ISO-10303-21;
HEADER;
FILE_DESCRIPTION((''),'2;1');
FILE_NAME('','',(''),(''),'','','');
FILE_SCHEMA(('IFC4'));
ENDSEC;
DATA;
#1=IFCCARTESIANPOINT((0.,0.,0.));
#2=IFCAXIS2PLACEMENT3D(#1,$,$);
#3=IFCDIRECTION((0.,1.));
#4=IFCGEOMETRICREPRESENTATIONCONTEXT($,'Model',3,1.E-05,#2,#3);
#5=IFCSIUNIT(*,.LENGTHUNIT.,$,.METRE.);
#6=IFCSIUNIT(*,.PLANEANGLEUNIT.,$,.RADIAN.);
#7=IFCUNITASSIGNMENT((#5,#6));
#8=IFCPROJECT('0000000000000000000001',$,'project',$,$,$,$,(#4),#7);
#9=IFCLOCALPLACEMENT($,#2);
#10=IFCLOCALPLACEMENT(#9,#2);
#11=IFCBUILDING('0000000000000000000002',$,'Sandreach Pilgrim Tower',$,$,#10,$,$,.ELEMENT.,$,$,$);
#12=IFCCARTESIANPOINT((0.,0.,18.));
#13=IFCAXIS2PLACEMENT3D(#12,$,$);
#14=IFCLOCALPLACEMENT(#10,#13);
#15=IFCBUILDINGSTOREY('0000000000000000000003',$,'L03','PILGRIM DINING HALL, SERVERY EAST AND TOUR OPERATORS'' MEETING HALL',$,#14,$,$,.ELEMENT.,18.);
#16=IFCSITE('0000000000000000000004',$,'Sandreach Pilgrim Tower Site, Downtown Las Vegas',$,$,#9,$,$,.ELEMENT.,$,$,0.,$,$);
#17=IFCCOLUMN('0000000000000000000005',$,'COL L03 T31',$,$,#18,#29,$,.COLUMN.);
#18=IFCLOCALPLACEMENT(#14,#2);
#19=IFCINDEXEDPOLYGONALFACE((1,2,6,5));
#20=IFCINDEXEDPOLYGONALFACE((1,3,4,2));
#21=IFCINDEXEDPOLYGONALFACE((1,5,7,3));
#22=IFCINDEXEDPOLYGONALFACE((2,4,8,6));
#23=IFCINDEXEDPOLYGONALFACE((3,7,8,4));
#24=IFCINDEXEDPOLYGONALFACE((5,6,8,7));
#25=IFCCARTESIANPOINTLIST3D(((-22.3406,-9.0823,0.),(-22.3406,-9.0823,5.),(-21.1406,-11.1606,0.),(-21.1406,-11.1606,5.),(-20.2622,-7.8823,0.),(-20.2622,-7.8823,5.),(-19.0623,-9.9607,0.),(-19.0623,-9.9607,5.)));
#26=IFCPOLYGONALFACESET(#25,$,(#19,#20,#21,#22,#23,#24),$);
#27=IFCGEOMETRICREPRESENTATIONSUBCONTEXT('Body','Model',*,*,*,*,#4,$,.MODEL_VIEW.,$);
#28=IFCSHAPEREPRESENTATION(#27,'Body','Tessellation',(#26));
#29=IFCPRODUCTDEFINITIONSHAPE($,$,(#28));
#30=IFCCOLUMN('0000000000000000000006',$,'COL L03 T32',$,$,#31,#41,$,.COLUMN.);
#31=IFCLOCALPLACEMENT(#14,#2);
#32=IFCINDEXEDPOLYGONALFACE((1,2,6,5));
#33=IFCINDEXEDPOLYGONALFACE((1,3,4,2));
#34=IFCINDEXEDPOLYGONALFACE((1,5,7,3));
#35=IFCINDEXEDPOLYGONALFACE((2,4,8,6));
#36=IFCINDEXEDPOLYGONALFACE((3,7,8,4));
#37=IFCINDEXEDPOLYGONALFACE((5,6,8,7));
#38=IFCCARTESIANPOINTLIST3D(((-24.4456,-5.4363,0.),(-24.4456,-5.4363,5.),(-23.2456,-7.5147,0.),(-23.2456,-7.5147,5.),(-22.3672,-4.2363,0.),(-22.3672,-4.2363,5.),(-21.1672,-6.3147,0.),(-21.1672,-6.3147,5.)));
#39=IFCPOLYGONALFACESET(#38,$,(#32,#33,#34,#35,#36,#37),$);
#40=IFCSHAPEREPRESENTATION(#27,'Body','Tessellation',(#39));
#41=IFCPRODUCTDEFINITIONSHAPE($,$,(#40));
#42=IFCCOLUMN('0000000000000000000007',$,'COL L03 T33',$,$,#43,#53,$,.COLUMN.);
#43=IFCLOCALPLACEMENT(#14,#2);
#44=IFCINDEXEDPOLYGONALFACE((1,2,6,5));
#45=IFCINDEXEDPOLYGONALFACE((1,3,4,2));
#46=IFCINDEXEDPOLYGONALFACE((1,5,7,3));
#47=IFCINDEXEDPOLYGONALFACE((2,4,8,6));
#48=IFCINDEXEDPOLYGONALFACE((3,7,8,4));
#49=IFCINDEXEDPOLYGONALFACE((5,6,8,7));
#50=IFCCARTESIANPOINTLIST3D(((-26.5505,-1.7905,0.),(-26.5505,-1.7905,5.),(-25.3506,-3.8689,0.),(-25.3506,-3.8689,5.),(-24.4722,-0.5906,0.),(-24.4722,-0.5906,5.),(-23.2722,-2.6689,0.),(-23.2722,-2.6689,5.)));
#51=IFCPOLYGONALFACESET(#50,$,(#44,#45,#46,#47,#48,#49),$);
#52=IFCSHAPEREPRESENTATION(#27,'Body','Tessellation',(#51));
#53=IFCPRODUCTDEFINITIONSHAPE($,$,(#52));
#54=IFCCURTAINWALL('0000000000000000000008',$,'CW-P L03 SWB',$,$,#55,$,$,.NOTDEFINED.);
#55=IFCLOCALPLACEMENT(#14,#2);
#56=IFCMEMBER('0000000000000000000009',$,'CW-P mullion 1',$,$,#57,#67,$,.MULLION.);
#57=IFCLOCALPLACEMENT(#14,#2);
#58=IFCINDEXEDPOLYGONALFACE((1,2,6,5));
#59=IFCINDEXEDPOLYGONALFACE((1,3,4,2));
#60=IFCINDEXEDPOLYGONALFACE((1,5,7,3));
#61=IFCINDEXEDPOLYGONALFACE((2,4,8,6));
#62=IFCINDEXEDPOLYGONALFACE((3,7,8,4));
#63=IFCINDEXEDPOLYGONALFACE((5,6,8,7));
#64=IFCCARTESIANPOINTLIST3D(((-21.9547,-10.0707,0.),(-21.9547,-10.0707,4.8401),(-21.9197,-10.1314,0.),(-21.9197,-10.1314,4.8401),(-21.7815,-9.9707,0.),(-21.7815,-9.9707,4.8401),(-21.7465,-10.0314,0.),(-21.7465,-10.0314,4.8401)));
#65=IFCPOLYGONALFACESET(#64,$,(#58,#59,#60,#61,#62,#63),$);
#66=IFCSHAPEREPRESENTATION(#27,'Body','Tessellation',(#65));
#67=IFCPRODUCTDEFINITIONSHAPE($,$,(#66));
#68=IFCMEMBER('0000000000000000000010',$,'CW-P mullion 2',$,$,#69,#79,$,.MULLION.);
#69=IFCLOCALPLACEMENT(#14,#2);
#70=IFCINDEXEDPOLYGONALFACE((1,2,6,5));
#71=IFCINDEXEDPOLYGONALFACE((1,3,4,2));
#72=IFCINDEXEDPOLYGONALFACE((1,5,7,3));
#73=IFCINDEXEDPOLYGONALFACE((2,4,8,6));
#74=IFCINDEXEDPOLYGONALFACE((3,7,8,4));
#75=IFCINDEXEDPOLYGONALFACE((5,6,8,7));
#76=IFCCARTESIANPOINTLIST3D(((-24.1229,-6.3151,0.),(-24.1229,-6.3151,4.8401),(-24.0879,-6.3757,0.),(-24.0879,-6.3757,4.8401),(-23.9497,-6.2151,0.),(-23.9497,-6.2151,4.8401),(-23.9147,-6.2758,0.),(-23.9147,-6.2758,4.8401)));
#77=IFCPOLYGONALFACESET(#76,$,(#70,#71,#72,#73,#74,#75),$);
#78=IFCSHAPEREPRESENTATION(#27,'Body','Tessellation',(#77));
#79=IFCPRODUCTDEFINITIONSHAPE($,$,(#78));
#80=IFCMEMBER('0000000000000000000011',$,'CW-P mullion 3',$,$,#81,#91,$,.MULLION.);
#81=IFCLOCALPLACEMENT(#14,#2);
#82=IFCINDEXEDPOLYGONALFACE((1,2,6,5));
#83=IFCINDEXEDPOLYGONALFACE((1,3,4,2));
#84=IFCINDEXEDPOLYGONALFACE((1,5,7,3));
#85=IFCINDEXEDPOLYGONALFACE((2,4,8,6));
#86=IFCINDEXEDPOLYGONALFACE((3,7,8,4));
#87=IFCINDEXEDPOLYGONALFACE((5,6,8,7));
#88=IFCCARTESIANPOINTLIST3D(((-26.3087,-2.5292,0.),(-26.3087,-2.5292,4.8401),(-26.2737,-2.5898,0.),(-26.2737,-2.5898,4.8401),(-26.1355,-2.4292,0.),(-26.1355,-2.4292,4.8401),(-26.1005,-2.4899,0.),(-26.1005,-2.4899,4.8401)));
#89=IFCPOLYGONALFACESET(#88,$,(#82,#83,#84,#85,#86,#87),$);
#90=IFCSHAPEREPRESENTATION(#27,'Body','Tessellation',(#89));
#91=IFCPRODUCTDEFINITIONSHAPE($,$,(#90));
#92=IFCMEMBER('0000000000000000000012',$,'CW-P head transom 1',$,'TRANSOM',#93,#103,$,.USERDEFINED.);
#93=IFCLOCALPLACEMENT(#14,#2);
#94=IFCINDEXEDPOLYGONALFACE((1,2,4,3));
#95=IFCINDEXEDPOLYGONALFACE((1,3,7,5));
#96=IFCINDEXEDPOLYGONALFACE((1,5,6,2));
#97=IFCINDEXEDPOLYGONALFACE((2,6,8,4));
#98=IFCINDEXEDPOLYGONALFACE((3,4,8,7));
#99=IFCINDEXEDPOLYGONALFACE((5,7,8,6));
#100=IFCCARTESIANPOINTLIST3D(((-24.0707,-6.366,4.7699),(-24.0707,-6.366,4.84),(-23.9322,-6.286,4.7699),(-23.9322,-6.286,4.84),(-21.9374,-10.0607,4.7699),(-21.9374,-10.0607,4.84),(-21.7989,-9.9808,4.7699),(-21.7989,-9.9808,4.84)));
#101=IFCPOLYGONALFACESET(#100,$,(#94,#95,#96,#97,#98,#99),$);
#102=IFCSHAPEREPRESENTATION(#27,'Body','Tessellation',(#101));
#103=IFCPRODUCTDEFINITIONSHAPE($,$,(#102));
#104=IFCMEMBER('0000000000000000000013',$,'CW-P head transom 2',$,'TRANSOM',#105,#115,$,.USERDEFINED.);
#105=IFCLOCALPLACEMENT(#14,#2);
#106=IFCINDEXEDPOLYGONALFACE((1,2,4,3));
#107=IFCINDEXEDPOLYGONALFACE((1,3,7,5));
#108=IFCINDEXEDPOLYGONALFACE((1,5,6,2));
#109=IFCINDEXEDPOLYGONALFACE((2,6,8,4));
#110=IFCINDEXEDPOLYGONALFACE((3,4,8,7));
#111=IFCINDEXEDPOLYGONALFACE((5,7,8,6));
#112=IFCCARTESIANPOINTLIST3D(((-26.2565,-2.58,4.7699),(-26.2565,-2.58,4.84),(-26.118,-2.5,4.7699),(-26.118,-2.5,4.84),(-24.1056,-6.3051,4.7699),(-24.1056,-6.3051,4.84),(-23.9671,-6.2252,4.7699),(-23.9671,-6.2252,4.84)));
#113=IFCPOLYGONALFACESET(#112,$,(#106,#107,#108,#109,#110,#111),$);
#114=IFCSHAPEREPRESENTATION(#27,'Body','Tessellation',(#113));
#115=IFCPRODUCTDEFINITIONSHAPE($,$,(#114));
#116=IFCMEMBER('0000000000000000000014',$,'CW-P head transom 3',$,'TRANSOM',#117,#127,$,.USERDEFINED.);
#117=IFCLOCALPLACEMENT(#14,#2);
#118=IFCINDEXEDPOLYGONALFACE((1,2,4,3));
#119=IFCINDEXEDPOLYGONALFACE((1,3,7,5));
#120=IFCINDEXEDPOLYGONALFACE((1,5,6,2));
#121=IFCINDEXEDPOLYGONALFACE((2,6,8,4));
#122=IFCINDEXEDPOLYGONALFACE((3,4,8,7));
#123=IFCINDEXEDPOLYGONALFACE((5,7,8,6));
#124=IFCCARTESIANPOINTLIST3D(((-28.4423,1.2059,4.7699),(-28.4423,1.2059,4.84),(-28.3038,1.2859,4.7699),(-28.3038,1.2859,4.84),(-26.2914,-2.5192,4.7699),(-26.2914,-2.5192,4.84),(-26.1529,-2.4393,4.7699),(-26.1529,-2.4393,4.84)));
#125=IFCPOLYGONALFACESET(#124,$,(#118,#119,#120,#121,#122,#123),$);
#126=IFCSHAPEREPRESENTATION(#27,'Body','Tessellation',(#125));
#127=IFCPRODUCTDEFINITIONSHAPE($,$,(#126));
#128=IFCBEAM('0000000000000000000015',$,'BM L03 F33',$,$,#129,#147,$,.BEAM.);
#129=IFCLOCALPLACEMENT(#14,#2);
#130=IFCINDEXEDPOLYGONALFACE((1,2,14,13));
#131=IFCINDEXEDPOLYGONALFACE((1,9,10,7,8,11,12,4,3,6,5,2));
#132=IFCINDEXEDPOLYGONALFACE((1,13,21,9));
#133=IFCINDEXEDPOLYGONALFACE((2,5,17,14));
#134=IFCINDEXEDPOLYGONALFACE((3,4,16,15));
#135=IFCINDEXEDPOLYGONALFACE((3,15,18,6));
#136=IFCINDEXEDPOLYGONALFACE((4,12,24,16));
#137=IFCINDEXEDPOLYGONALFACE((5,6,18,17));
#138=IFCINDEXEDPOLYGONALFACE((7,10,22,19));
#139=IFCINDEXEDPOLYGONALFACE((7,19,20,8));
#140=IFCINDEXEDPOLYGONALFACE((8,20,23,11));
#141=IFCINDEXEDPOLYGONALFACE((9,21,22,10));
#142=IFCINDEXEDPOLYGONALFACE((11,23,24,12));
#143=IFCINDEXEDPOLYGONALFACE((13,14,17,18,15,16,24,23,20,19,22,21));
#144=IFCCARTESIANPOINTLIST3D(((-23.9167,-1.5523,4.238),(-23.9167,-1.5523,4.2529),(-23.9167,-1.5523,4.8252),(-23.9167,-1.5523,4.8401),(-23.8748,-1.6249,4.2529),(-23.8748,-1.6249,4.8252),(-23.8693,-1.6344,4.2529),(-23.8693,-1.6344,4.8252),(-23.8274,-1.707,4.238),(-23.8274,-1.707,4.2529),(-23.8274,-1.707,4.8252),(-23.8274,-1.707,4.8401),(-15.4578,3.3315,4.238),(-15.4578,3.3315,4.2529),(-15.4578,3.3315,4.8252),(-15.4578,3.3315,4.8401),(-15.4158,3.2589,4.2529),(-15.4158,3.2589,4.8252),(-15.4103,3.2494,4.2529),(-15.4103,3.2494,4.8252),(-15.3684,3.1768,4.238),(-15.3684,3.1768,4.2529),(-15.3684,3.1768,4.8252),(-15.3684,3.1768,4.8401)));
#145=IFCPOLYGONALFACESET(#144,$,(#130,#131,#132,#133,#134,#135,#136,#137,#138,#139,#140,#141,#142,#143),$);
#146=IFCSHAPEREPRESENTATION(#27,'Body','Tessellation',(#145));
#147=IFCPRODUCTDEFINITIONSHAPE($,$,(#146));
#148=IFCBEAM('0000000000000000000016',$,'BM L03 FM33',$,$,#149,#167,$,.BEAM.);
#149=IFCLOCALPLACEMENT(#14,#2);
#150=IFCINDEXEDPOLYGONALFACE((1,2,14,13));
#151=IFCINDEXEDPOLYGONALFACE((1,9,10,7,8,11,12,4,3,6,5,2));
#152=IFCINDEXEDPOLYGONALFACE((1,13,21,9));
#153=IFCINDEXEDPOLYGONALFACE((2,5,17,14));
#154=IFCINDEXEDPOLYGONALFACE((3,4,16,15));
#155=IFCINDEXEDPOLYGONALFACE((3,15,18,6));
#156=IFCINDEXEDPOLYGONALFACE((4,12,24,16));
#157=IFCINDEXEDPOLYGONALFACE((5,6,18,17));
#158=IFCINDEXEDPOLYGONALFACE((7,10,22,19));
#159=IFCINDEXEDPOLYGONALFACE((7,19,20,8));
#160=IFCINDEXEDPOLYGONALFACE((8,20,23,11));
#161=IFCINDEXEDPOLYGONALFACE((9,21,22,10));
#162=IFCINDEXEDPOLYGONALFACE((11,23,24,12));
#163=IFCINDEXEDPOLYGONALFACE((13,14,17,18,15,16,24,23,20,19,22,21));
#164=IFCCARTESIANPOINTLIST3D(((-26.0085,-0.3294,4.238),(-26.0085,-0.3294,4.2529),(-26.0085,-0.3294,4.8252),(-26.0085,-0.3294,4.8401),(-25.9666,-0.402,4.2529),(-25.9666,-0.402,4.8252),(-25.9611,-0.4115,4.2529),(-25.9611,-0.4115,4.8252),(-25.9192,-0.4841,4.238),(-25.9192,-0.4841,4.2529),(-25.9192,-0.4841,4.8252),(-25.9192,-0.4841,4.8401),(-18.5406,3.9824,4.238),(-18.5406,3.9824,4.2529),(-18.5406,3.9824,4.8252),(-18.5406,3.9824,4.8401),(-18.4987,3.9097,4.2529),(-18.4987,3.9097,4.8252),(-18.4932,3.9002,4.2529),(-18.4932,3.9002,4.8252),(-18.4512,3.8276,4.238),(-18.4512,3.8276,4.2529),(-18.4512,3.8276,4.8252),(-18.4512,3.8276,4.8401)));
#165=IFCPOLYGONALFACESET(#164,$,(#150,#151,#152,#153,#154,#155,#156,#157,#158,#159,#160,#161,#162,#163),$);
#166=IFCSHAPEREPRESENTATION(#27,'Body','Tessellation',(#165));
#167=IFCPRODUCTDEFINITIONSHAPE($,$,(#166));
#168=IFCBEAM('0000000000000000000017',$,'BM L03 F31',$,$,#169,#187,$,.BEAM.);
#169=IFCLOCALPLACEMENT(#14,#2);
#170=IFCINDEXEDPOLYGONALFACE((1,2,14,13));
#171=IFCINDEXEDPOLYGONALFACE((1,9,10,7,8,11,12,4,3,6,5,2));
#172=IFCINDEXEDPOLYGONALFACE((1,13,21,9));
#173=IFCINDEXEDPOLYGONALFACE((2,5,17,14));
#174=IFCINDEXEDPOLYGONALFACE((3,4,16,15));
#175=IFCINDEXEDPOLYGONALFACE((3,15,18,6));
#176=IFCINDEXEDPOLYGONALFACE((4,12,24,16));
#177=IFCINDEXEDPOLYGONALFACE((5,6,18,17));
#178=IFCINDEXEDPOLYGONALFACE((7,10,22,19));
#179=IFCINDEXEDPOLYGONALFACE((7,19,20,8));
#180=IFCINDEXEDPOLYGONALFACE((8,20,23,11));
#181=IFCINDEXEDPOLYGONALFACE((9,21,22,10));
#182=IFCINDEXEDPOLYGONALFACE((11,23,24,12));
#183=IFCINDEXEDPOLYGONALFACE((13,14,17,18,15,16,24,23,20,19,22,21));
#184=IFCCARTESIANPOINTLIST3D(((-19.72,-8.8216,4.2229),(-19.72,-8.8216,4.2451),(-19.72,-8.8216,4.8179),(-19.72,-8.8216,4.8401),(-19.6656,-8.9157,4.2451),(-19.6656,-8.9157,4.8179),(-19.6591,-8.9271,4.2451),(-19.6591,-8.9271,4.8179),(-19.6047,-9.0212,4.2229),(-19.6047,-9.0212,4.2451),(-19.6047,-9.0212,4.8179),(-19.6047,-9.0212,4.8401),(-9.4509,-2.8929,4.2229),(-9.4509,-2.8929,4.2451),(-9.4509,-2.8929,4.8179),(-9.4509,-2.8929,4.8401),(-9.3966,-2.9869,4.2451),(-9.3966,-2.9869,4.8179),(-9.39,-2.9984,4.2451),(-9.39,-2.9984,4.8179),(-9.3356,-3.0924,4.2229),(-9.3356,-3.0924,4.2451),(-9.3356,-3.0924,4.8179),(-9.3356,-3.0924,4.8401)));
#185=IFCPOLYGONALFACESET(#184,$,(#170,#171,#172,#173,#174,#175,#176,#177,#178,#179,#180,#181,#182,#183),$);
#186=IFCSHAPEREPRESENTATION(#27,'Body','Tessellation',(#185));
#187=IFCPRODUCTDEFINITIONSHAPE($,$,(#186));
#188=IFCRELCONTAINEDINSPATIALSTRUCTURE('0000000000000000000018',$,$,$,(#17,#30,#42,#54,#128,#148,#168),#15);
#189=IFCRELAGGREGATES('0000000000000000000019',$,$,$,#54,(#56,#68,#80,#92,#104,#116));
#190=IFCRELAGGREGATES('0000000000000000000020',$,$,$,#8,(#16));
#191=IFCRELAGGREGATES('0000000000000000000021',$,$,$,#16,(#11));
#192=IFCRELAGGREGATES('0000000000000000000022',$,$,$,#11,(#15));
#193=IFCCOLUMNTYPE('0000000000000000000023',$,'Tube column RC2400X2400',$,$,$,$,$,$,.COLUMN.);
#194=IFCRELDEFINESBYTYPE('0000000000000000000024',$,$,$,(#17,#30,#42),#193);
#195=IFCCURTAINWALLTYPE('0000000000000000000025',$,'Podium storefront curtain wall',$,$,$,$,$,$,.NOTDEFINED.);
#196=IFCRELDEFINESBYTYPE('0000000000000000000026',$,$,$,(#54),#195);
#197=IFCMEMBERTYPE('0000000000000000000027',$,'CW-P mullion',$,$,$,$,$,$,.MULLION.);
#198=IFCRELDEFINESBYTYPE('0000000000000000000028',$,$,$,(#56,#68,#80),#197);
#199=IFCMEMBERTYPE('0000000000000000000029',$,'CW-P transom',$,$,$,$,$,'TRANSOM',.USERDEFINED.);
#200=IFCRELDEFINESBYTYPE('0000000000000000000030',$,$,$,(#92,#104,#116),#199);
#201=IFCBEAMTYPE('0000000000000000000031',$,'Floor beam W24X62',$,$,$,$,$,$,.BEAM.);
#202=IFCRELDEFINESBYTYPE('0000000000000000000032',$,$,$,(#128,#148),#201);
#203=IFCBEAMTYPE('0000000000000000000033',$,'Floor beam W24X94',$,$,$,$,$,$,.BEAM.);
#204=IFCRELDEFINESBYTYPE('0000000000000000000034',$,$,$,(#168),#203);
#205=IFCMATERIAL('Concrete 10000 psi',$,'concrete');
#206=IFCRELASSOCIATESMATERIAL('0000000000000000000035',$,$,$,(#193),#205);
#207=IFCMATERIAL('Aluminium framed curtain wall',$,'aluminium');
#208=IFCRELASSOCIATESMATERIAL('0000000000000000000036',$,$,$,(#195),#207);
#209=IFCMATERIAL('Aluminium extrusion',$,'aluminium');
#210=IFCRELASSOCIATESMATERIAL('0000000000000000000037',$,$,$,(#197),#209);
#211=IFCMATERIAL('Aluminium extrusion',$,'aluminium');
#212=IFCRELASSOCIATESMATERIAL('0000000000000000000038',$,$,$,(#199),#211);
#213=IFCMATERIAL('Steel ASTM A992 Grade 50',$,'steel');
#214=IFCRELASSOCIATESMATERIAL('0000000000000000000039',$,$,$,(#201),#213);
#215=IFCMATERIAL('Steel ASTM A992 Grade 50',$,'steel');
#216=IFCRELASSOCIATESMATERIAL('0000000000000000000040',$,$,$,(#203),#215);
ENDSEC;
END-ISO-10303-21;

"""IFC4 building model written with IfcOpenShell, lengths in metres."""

from ifc_helpers import new_model, si_unit, direction, frame, origin, origin_2d, place, context, subcontext, project, spatial, rectangle, i_section, extrude, material, material_profile, profile_set, type_object, element, aggregate, save


model = new_model("IFC4")

# Units and contexts
model_context = context("Model", 3, precision=1e-05, world=origin(), true_north=direction((0.0, 1.0)))
body_context = subcontext(model_context, "Body", "Model", "MODEL_VIEW")
ifc_project = project(units=[si_unit("LENGTHUNIT", "METRE"), si_unit("PLANEANGLEUNIT", "RADIAN")], contexts=[model_context])

# Site, building, storey
site_placement = place(None, origin())
site = spatial("IfcSite", under=ifc_project, at=site_placement, Name="Sandreach Pilgrim Tower Site, Downtown Las Vegas", CompositionType="ELEMENT", RefElevation=0.0)
building_placement = place(site_placement, origin())
building = spatial("IfcBuilding", under=site, at=building_placement, Name="Sandreach Pilgrim Tower", CompositionType="ELEMENT")
storey_placement = place(building_placement, frame((0.0, 0.0, 18.0)))
storey = spatial("IfcBuildingStorey", under=building, at=storey_placement, Name="L03", Description="PILGRIM DINING HALL, SERVERY EAST AND TOUR OPERATORS' MEETING HALL", CompositionType="ELEMENT", Elevation=18.0)

# Columns
ifc_material_1 = material(Name="Concrete 10000 psi", Category="concrete")
ifc_material_profile_1 = material_profile(ifc_material_1, rectangle(XDim=2.3999, YDim=2.3999, at=origin_2d()), Name="RC2400X2400")
ifc_profile_set_1 = profile_set([ifc_material_profile_1], Name="Concrete 10000 psi")
column_type = type_object("IfcColumnType", Name="Tube column RC2400X2400", PredefinedType="COLUMN", material=ifc_profile_set_1)
for number, where, z_axis, x_axis, name in (
    (1, (-20.7014, -9.5215, 0.0), (0.0, 0.0, 1.0), (-0.866025, -0.5, 0.0), "COL L03 T31"),
    (2, (-22.8064, -5.8755, 0.0), (0.0, 0.0, 1.0), (-0.866025, -0.5, 0.0), "COL L03 T32"),
    (3, (-24.9114, -2.2297, 0.0), (0.0, 0.0, 1.0), (-0.866025, -0.5, 0.0), "COL L03 T33"),
):
    element("IfcColumn", number, at=place(storey_placement, frame(where, z_axis=z_axis, x_axis=x_axis)), inside=storey, type_object=column_type, Name=name, PredefinedType="COLUMN", context=body_context, shape_type="SweptSolid", body=[
        extrude(rectangle(XDim=2.3999, YDim=2.3999, at=origin_2d()), origin(), (0.0, 0.0, 1.0), 5.0),
    ])

# Curtain wall, members
ifc_material_2 = material(Name="Aluminium framed curtain wall", Category="aluminium")
curtain_wall_type = type_object("IfcCurtainWallType", Name="Podium storefront curtain wall", PredefinedType="NOTDEFINED", material=ifc_material_2)
curtain_wall_placement = place(storey_placement, origin())
curtain_wall = element("IfcCurtainWall", 4, at=curtain_wall_placement, inside=storey, type_object=curtain_wall_type, Name="CW-P L03 SWB", PredefinedType="NOTDEFINED")
ifc_material_3 = material(Name="Aluminium extrusion", Category="aluminium")
ifc_material_profile_2 = material_profile(ifc_material_3, rectangle(XDim=0.0701, YDim=0.2, at=origin_2d()), Name="CW-PM 70X200")
ifc_profile_set_2 = profile_set([ifc_material_profile_2], Name="Aluminium extrusion")
member_type_1 = type_object("IfcMemberType", Name="CW-P mullion", PredefinedType="MULLION", material=ifc_profile_set_2)
member_1_placement = place(storey_placement, frame((-21.8506, -10.051, 0.0), z_axis=(0.0, 0.0, 1.0), x_axis=(-0.5, 0.866025, 0.0)))
member_1 = element("IfcMember", 5, at=member_1_placement, type_object=member_type_1, Name="CW-P mullion 1", PredefinedType="MULLION", context=body_context, shape_type="SweptSolid", body=[
    extrude(rectangle(XDim=0.0701, YDim=0.2, at=origin_2d()), origin(), (0.0, 0.0, 1.0), 4.8401),
])
member_2_placement = place(storey_placement, frame((-24.0188, -6.2954, 0.0), z_axis=(0.0, 0.0, 1.0), x_axis=(-0.5, 0.866025, 0.0)))
member_2 = element("IfcMember", 6, at=member_2_placement, type_object=member_type_1, Name="CW-P mullion 2", PredefinedType="MULLION", context=body_context, shape_type="SweptSolid", body=[
    extrude(rectangle(XDim=0.0701, YDim=0.2, at=origin_2d()), origin(), (0.0, 0.0, 1.0), 4.8401),
])
member_3_placement = place(storey_placement, frame((-26.2046, -2.5095, 0.0), z_axis=(0.0, 0.0, 1.0), x_axis=(-0.5, 0.866025, 0.0)))
member_3 = element("IfcMember", 7, at=member_3_placement, type_object=member_type_1, Name="CW-P mullion 3", PredefinedType="MULLION", context=body_context, shape_type="SweptSolid", body=[
    extrude(rectangle(XDim=0.0701, YDim=0.2, at=origin_2d()), origin(), (0.0, 0.0, 1.0), 4.8401),
])
ifc_material_4 = material(Name="Aluminium extrusion", Category="aluminium")
ifc_material_profile_3 = material_profile(ifc_material_4, rectangle(XDim=0.1599, YDim=0.0701, at=origin_2d()), Name="CW-PT 160X70")
ifc_profile_set_3 = profile_set([ifc_material_profile_3], Name="Aluminium extrusion")
member_type_2 = type_object("IfcMemberType", Name="CW-P transom", ElementType="TRANSOM", PredefinedType="USERDEFINED", material=ifc_profile_set_3)
member_4_placement = place(storey_placement, frame((-21.8682, -10.0208, 4.8049), z_axis=(-0.500016, 0.866016, 0.0), x_axis=(-0.866016, -0.500016, 0.0)))
member_4 = element("IfcMember", 8, at=member_4_placement, type_object=member_type_2, Name="CW-P head transom 1", ObjectType="TRANSOM", PredefinedType="USERDEFINED", context=body_context, shape_type="SweptSolid", body=[
    extrude(rectangle(XDim=0.1599, YDim=0.0701, at=origin_2d()), origin(), (0.0, 0.0, 1.0), 4.2664),
])
member_5_placement = place(storey_placement, frame((-24.0364, -6.2651, 4.8049), z_axis=(-0.500034, 0.866006, 0.0), x_axis=(-0.866006, -0.500034, 0.0)))
member_5 = element("IfcMember", 9, at=member_5_placement, type_object=member_type_2, Name="CW-P head transom 2", ObjectType="TRANSOM", PredefinedType="USERDEFINED", context=body_context, shape_type="SweptSolid", body=[
    extrude(rectangle(XDim=0.1599, YDim=0.0701, at=origin_2d()), origin(), (0.0, 0.0, 1.0), 4.3015),
])
member_6_placement = place(storey_placement, frame((-26.2222, -2.4792, 4.8049), z_axis=(-0.500034, 0.866006, 0.0), x_axis=(-0.866006, -0.500034, 0.0)))
member_6 = element("IfcMember", 10, at=member_6_placement, type_object=member_type_2, Name="CW-P head transom 3", ObjectType="TRANSOM", PredefinedType="USERDEFINED", context=body_context, shape_type="SweptSolid", body=[
    extrude(rectangle(XDim=0.1599, YDim=0.0701, at=origin_2d()), origin(), (0.0, 0.0, 1.0), 4.3015),
])

# Beams
ifc_material_5 = material(Name="Steel ASTM A992 Grade 50", Category="steel")
ifc_material_profile_4 = material_profile(ifc_material_5, i_section(OverallWidth=0.1787, OverallDepth=0.6021, WebThickness=0.011, FlangeThickness=0.0149, at=origin_2d()), Name="W24X62")
ifc_profile_set_4 = profile_set([ifc_material_profile_4], Name="Steel ASTM A992 Grade 50")
beam_type_1 = type_object("IfcBeamType", Name="Floor beam W24X62", PredefinedType="BEAM", material=ifc_profile_set_4)
beam_1_placement = place(storey_placement, frame((-23.8721, -1.6296, 4.5391), z_axis=(0.866026, 0.499999, 0.0), x_axis=(-0.499999, 0.866026, 0.0)))
element("IfcBeam", 11, at=beam_1_placement, inside=storey, type_object=beam_type_1, Name="BM L03 F33", PredefinedType="BEAM", context=body_context, shape_type="SweptSolid", body=[
    extrude(i_section(OverallWidth=0.1787, OverallDepth=0.6021, WebThickness=0.011, FlangeThickness=0.0149, at=origin_2d()), origin(), (0.0, 0.0, 1.0), 9.7676),
])
beam_2_placement = place(storey_placement, frame((-25.9639, -0.4067, 4.5391), z_axis=(0.86602, 0.500009, 0.0), x_axis=(-0.500009, 0.86602, 0.0)))
element("IfcBeam", 12, at=beam_2_placement, inside=storey, type_object=beam_type_1, Name="BM L03 FM33", PredefinedType="BEAM", context=body_context, shape_type="SweptSolid", body=[
    extrude(i_section(OverallWidth=0.1787, OverallDepth=0.6021, WebThickness=0.011, FlangeThickness=0.0149, at=origin_2d()), origin(), (0.0, 0.0, 1.0), 8.6233),
])
ifc_material_6 = material(Name="Steel ASTM A992 Grade 50", Category="steel")
ifc_material_profile_5 = material_profile(ifc_material_6, i_section(OverallWidth=0.2305, OverallDepth=0.6172, WebThickness=0.0132, FlangeThickness=0.0222, at=origin_2d()), Name="W24X94")
ifc_profile_set_5 = profile_set([ifc_material_profile_5], Name="Steel ASTM A992 Grade 50")
beam_type_2 = type_object("IfcBeamType", Name="Floor beam W24X94", PredefinedType="BEAM", material=ifc_profile_set_5)
beam_3_placement = place(storey_placement, frame((-19.6624, -8.9214, 4.5315), z_axis=(0.86603, 0.499992, 0.0), x_axis=(-0.499992, 0.86603, 0.0)))
element("IfcBeam", 13, at=beam_3_placement, inside=storey, type_object=beam_type_2, Name="BM L03 F31", PredefinedType="BEAM", context=body_context, shape_type="SweptSolid", body=[
    extrude(i_section(OverallWidth=0.2305, OverallDepth=0.6172, WebThickness=0.0132, FlangeThickness=0.0222, at=origin_2d()), origin(), (0.0, 0.0, 1.0), 11.8577),
])

aggregate(curtain_wall, [member_1, member_2, member_3, member_4, member_5, member_6])

save(model, "model.ifc")
